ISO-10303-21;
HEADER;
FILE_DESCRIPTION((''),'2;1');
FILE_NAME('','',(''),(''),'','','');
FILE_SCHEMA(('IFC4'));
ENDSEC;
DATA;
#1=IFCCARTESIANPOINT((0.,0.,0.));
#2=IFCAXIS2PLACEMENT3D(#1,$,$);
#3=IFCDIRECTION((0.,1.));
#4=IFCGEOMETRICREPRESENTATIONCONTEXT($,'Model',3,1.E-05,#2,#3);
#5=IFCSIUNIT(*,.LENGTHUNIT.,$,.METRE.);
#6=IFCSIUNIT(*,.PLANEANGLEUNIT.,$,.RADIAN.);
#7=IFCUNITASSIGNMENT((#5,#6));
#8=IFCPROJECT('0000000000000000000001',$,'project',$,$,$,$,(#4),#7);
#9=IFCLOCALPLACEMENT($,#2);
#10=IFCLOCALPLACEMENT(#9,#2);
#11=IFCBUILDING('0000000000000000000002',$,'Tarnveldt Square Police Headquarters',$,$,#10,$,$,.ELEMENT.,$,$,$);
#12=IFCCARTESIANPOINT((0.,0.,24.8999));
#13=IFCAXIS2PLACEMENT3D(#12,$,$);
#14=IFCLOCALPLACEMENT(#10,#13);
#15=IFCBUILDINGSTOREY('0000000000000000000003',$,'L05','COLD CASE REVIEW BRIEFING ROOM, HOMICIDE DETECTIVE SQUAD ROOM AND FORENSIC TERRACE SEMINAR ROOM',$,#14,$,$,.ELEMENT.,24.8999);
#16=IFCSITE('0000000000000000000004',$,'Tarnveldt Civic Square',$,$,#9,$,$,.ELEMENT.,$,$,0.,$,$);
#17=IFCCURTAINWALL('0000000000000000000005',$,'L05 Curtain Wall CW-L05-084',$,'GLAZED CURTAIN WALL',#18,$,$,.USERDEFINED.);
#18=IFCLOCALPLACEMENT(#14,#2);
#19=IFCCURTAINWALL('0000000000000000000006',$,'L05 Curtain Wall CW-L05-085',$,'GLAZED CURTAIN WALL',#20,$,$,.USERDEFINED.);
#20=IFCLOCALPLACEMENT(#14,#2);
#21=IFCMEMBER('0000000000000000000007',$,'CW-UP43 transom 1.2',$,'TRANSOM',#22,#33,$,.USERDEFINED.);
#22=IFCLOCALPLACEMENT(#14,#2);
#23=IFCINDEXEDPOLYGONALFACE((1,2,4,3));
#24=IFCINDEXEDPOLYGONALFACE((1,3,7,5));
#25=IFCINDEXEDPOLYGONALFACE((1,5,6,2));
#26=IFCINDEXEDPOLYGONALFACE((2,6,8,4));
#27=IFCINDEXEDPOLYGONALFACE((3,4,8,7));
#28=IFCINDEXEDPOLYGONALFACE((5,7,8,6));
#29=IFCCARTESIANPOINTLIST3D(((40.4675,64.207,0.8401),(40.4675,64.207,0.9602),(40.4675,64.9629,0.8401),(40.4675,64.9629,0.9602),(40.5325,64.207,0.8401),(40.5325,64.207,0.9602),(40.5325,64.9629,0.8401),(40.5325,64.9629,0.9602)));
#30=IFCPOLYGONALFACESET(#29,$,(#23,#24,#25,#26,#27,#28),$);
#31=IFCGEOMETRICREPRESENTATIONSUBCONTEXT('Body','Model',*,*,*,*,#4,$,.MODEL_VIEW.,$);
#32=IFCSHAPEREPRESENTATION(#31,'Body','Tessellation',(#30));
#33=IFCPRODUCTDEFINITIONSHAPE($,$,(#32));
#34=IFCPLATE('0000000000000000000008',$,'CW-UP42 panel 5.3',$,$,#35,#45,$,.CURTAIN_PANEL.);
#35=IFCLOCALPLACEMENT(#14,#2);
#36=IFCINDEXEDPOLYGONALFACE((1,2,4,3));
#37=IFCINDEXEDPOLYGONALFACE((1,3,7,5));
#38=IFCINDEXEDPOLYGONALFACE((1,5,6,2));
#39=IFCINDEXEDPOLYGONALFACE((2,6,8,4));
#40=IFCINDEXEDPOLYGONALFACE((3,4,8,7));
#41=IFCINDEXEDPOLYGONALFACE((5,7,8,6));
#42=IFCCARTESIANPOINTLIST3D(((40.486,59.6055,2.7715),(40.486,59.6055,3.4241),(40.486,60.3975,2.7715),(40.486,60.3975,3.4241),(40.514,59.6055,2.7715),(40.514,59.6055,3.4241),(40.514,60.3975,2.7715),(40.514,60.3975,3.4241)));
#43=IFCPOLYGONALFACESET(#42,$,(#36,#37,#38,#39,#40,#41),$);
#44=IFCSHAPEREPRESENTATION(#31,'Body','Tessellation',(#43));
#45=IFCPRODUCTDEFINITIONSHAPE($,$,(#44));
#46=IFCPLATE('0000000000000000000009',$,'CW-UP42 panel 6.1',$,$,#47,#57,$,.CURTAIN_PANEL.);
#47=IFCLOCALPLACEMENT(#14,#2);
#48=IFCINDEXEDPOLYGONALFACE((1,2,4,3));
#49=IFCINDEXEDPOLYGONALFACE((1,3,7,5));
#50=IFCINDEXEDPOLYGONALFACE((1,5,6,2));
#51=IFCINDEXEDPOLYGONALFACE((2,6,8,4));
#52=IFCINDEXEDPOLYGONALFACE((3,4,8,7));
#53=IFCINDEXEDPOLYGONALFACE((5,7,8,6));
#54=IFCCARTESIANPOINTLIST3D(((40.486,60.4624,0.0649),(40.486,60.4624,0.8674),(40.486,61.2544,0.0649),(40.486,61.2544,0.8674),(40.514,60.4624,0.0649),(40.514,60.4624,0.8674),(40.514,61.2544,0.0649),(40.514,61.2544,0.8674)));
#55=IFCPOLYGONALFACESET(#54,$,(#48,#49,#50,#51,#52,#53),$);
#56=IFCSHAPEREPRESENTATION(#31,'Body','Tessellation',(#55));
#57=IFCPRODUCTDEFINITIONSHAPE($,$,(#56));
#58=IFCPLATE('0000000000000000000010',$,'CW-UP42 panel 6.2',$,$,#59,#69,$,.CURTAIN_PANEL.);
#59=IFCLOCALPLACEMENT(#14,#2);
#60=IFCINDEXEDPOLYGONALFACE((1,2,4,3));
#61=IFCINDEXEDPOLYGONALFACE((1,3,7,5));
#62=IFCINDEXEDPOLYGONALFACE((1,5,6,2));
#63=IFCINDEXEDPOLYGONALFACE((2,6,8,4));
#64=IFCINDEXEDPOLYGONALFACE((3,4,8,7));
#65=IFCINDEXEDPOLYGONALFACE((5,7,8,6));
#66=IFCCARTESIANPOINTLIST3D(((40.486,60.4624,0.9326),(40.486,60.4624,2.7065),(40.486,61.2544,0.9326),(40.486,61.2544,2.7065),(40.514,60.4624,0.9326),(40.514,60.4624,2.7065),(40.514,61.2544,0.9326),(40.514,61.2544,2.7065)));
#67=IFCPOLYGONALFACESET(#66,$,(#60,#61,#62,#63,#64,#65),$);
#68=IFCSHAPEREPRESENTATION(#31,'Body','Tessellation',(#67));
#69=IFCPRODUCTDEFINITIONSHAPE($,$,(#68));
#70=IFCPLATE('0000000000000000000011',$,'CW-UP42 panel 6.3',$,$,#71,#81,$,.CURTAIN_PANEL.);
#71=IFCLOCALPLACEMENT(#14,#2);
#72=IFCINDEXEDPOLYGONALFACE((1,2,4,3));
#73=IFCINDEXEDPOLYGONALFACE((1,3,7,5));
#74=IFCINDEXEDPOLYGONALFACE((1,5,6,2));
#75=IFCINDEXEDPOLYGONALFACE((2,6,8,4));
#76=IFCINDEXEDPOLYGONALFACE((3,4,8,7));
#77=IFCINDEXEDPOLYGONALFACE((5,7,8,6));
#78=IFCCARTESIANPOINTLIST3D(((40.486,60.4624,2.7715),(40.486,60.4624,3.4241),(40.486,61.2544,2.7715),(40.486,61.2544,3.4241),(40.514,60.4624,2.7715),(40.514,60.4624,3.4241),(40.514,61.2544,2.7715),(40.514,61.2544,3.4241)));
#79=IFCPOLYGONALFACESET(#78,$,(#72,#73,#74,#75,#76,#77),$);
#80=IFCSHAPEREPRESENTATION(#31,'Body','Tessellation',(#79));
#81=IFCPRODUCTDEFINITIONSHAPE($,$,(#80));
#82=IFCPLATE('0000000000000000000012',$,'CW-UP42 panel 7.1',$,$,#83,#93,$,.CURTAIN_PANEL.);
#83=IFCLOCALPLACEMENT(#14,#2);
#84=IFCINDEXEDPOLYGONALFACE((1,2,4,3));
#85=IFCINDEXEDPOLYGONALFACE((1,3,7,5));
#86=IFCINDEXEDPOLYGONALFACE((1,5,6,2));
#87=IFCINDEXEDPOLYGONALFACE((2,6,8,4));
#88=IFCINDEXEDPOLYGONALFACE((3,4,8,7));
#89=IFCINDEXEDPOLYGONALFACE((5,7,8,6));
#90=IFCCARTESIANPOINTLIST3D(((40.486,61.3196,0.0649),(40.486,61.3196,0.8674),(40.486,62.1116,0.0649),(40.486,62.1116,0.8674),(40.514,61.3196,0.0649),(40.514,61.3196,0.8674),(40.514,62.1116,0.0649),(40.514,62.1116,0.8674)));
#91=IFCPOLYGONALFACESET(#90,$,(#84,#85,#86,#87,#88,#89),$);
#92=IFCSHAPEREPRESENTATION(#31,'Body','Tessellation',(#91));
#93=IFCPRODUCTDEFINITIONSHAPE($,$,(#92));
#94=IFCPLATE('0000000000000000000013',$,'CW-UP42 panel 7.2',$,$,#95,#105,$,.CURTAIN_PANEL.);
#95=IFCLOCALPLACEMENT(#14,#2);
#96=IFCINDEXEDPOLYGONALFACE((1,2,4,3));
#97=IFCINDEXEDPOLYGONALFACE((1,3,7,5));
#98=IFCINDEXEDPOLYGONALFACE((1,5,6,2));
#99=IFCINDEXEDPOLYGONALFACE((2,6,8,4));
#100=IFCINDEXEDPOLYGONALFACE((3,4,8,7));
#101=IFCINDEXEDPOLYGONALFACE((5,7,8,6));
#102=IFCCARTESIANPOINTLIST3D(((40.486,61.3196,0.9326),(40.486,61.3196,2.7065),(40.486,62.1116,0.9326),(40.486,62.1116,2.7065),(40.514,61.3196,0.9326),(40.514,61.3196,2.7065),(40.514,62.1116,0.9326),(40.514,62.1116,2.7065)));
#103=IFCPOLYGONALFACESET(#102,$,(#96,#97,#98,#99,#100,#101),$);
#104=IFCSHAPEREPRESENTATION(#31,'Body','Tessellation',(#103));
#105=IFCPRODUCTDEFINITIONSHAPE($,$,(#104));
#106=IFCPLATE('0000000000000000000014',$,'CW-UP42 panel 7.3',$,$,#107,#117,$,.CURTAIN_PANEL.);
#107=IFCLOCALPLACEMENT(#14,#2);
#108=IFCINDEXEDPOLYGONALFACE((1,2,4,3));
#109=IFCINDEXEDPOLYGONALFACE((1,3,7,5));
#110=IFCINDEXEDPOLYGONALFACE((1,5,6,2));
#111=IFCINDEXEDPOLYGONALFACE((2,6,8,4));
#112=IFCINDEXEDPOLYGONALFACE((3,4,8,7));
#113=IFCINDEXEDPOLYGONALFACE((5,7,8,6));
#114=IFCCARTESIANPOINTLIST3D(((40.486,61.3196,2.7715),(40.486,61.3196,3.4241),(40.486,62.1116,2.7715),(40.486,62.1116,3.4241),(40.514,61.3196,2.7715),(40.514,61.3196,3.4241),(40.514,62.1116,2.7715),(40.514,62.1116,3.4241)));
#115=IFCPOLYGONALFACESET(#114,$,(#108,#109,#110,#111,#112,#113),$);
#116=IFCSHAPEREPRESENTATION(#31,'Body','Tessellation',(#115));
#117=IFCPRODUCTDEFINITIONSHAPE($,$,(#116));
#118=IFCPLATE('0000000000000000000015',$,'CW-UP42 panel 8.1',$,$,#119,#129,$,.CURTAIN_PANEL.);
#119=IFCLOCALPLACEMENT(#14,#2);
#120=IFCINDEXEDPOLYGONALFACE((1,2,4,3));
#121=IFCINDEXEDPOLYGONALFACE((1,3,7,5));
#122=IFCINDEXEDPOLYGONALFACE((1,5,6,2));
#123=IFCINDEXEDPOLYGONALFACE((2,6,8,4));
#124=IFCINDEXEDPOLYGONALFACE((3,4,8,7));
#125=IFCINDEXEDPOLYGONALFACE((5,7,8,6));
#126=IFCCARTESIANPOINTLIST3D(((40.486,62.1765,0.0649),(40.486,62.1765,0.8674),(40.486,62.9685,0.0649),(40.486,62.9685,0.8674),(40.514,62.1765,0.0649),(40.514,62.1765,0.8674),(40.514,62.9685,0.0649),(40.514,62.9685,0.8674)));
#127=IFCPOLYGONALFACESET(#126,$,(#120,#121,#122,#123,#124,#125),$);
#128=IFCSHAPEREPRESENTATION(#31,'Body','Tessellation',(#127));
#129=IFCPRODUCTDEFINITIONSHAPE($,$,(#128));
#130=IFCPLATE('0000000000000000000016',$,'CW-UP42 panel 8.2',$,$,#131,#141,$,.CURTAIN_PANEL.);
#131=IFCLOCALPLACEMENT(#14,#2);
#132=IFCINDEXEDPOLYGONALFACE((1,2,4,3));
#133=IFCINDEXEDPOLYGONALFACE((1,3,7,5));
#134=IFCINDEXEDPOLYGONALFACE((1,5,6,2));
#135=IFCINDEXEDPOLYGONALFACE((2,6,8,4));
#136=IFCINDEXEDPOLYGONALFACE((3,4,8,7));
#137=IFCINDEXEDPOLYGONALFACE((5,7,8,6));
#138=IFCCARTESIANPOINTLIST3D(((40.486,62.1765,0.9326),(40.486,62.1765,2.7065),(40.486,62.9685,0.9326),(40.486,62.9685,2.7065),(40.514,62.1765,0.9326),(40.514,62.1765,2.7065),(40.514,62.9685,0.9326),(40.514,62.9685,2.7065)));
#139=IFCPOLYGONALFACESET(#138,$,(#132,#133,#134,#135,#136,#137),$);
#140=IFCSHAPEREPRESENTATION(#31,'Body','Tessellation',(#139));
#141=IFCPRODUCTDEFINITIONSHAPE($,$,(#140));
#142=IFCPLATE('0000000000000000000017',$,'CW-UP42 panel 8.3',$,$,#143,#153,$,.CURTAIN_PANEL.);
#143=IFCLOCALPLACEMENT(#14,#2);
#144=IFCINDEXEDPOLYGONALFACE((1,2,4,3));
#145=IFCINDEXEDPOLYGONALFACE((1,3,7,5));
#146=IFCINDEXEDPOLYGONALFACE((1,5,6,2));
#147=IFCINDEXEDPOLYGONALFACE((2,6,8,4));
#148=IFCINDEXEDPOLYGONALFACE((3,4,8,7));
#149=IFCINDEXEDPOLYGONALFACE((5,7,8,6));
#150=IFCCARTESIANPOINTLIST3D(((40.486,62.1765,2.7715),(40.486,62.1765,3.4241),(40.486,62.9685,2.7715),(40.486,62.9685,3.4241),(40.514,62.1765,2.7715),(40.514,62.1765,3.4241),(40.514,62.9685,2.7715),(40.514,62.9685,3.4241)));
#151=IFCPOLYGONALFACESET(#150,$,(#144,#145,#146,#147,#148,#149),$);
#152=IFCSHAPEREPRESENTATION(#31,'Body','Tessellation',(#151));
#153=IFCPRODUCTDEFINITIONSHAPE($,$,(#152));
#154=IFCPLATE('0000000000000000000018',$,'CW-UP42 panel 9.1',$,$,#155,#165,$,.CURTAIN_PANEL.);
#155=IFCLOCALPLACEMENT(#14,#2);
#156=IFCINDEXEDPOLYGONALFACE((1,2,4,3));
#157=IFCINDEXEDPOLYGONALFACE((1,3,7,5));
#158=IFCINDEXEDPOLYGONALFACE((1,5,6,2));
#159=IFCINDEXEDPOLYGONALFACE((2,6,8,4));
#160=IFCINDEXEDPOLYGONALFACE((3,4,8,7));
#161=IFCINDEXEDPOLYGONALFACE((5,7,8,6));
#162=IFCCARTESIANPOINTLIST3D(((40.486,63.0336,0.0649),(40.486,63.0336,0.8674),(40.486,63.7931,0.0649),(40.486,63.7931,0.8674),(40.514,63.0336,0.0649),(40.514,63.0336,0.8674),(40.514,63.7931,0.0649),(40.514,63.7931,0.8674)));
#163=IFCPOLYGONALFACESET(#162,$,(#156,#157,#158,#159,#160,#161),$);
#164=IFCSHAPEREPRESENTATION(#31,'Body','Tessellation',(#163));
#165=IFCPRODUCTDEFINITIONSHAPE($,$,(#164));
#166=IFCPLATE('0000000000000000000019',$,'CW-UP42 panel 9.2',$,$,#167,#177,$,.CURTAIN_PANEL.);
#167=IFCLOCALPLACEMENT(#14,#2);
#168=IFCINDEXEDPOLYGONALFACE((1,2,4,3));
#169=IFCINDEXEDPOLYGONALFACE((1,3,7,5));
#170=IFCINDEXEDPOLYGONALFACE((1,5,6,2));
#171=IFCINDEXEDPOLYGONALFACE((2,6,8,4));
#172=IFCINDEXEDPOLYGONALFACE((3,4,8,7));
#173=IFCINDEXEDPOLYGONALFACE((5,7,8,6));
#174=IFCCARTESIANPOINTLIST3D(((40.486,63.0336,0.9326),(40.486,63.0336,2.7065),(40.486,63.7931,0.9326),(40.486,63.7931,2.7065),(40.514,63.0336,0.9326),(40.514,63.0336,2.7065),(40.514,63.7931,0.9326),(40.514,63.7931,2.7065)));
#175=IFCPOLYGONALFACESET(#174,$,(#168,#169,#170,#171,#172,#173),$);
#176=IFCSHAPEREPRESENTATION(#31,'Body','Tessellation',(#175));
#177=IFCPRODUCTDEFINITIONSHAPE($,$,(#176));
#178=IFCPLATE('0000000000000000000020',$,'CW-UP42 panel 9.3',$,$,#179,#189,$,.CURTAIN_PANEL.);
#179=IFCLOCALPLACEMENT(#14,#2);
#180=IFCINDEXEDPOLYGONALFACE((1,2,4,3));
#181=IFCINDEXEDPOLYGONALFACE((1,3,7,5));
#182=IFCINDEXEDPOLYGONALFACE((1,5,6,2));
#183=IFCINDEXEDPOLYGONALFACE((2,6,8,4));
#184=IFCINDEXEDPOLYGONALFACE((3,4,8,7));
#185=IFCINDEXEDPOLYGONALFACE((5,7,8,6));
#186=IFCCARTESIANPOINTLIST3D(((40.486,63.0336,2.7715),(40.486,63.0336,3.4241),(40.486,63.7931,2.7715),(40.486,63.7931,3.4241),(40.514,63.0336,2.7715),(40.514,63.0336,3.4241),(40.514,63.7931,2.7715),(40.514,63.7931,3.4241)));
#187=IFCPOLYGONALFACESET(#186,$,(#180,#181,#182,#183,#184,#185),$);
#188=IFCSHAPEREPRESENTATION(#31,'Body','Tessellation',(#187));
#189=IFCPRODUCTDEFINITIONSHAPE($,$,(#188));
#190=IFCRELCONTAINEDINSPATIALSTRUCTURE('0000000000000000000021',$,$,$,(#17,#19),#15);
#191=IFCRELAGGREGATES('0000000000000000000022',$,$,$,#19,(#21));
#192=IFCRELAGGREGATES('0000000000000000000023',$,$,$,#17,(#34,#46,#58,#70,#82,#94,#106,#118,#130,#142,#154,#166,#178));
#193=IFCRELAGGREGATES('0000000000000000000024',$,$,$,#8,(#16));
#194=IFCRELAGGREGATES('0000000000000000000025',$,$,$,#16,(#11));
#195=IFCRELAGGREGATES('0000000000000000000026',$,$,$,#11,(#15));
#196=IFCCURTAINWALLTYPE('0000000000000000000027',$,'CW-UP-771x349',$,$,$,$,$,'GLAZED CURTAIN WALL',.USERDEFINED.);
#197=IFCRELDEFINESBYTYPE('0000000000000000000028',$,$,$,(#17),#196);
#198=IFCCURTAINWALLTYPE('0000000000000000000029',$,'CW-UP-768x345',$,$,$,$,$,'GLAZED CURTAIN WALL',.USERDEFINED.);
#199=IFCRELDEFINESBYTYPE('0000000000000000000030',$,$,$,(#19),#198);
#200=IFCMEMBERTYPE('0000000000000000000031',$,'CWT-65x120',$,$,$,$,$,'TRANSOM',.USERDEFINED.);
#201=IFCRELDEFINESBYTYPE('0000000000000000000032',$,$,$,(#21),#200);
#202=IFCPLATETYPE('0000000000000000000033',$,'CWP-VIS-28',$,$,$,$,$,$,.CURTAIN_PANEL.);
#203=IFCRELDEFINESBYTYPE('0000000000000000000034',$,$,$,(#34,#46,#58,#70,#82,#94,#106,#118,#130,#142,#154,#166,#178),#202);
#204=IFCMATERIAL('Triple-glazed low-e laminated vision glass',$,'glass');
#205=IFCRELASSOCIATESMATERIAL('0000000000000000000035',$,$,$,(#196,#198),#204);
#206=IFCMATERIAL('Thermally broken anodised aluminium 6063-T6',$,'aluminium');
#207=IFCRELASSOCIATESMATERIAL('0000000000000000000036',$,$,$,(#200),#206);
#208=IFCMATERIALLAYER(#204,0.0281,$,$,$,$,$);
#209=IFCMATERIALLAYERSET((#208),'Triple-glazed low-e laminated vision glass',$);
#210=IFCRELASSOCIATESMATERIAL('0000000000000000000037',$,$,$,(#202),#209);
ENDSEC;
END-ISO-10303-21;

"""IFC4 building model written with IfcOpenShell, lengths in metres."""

from ifc_helpers import new_model, si_unit, direction, frame, origin, origin_2d, place, context, subcontext, project, spatial, rectangle, extrude, material, layer, layer_set, material_profile, profile_set, type_object, element, aggregate, save


model = new_model("IFC4")

# Units and contexts
model_context = context("Model", 3, precision=1e-05, world=origin(), true_north=direction((0.0, 1.0)))
body_context = subcontext(model_context, "Body", "Model", "MODEL_VIEW")
ifc_project = project(units=[si_unit("LENGTHUNIT", "METRE"), si_unit("PLANEANGLEUNIT", "RADIAN")], contexts=[model_context])

# Site, building, storey
site_placement = place(None, origin())
site = spatial("IfcSite", under=ifc_project, at=site_placement, Name="Tarnveldt Civic Square", CompositionType="ELEMENT", RefElevation=0.0)
building_placement = place(site_placement, origin())
building = spatial("IfcBuilding", under=site, at=building_placement, Name="Tarnveldt Square Police Headquarters", CompositionType="ELEMENT")
storey_placement = place(building_placement, frame((0.0, 0.0, 24.8999)))
storey = spatial("IfcBuildingStorey", under=building, at=storey_placement, Name="L05", Description="COLD CASE REVIEW BRIEFING ROOM, HOMICIDE DETECTIVE SQUAD ROOM AND FORENSIC TERRACE SEMINAR ROOM", CompositionType="ELEMENT", Elevation=24.8999)

# Curtain wall
ifc_material_1 = material(Name="Triple-glazed low-e laminated vision glass", Category="glass")
curtain_wall_type_1 = type_object("IfcCurtainWallType", Name="CW-UP-771x349", ElementType="GLAZED CURTAIN WALL", PredefinedType="USERDEFINED", material=ifc_material_1)
curtain_wall_1_placement = place(storey_placement, origin())
curtain_wall_1 = element("IfcCurtainWall", 1, at=curtain_wall_1_placement, inside=storey, type_object=curtain_wall_type_1, Name="L05 Curtain Wall CW-L05-084", ObjectType="GLAZED CURTAIN WALL", PredefinedType="USERDEFINED")
ifc_material_2 = material(Name="Thermally broken anodised aluminium 6063-T6", Category="aluminium")

# Curtain wall
curtain_wall_type_2 = type_object("IfcCurtainWallType", Name="CW-UP-768x345", ElementType="GLAZED CURTAIN WALL", PredefinedType="USERDEFINED", material=ifc_material_1)
curtain_wall_2_placement = place(storey_placement, origin())
curtain_wall_2 = element("IfcCurtainWall", 2, at=curtain_wall_2_placement, inside=storey, type_object=curtain_wall_type_2, Name="L05 Curtain Wall CW-L05-085", ObjectType="GLAZED CURTAIN WALL", PredefinedType="USERDEFINED")

# Member
ifc_material_profile_1 = material_profile(ifc_material_2, rectangle(XDim=0.0649, YDim=0.1201, at=origin_2d()), Name="CW-T65x120")
ifc_profile_set_1 = profile_set([ifc_material_profile_1], Name="Thermally broken anodised aluminium 6063-T6")
member_type_1 = type_object("IfcMemberType", Name="CWT-65x120", ElementType="TRANSOM", PredefinedType="USERDEFINED", material=ifc_profile_set_1)
member_1_placement = place(storey_placement, frame((40.5, 64.207, 0.9001), z_axis=(0.0, 1.0, 0.0), x_axis=(-1.0, 0.0, 0.0)))
member_1 = element("IfcMember", 3, at=member_1_placement, type_object=member_type_1, Name="CW-UP43 transom 1.2", ObjectType="TRANSOM", PredefinedType="USERDEFINED", context=body_context, shape_type="SweptSolid", body=[
    extrude(rectangle(XDim=0.0649, YDim=0.1201, at=origin_2d()), origin(), (0.0, 0.0, 1.0), 0.7559),
])
aggregate(curtain_wall_2, [member_1])

# Plates
ifc_layer = layer(ifc_material_1, 0.0281)
ifc_layer_set = layer_set([ifc_layer], Name="Triple-glazed low-e laminated vision glass")
plate_type = type_object("IfcPlateType", Name="CWP-VIS-28", PredefinedType="CURTAIN_PANEL", material=ifc_layer_set)
plate_1_placement = place(storey_placement, frame((40.5, 60.0015, 2.7715), z_axis=(0.0, 0.0, 1.0), x_axis=(0.0, 1.0, 0.0)))
plate_1 = element("IfcPlate", 4, at=plate_1_placement, type_object=plate_type, Name="CW-UP42 panel 5.3", PredefinedType="CURTAIN_PANEL", context=body_context, shape_type="SweptSolid", body=[
    extrude(rectangle(XDim=0.792, YDim=0.0281, at=origin_2d()), origin(), (0.0, 0.0, 1.0), 0.6526),
])
plate_2_placement = place(storey_placement, frame((40.5, 60.8584, 0.0649), z_axis=(0.0, 0.0, 1.0), x_axis=(0.0, 1.0, 0.0)))
plate_2 = element("IfcPlate", 5, at=plate_2_placement, type_object=plate_type, Name="CW-UP42 panel 6.1", PredefinedType="CURTAIN_PANEL", context=body_context, shape_type="SweptSolid", body=[
    extrude(rectangle(XDim=0.792, YDim=0.0281, at=origin_2d()), origin(), (0.0, 0.0, 1.0), 0.8025),
])
plate_3_placement = place(storey_placement, frame((40.5, 60.8584, 0.9326), z_axis=(0.0, 0.0, 1.0), x_axis=(0.0, 1.0, 0.0)))
plate_3 = element("IfcPlate", 6, at=plate_3_placement, type_object=plate_type, Name="CW-UP42 panel 6.2", PredefinedType="CURTAIN_PANEL", context=body_context, shape_type="SweptSolid", body=[
    extrude(rectangle(XDim=0.792, YDim=0.0281, at=origin_2d()), origin(), (0.0, 0.0, 1.0), 1.7739),
])
plate_4_placement = place(storey_placement, frame((40.5, 60.8584, 2.7715), z_axis=(0.0, 0.0, 1.0), x_axis=(0.0, 1.0, 0.0)))
plate_4 = element("IfcPlate", 7, at=plate_4_placement, type_object=plate_type, Name="CW-UP42 panel 6.3", PredefinedType="CURTAIN_PANEL", context=body_context, shape_type="SweptSolid", body=[
    extrude(rectangle(XDim=0.792, YDim=0.0281, at=origin_2d()), origin(), (0.0, 0.0, 1.0), 0.6526),
])
plate_5_placement = place(storey_placement, frame((40.5, 61.7156, 0.0649), z_axis=(0.0, 0.0, 1.0), x_axis=(0.0, 1.0, 0.0)))
plate_5 = element("IfcPlate", 8, at=plate_5_placement, type_object=plate_type, Name="CW-UP42 panel 7.1", PredefinedType="CURTAIN_PANEL", context=body_context, shape_type="SweptSolid", body=[
    extrude(rectangle(XDim=0.792, YDim=0.0281, at=origin_2d()), origin(), (0.0, 0.0, 1.0), 0.8025),
])
plate_6_placement = place(storey_placement, frame((40.5, 61.7156, 0.9326), z_axis=(0.0, 0.0, 1.0), x_axis=(0.0, 1.0, 0.0)))
plate_6 = element("IfcPlate", 9, at=plate_6_placement, type_object=plate_type, Name="CW-UP42 panel 7.2", PredefinedType="CURTAIN_PANEL", context=body_context, shape_type="SweptSolid", body=[
    extrude(rectangle(XDim=0.792, YDim=0.0281, at=origin_2d()), origin(), (0.0, 0.0, 1.0), 1.7739),
])
plate_7_placement = place(storey_placement, frame((40.5, 61.7156, 2.7715), z_axis=(0.0, 0.0, 1.0), x_axis=(0.0, 1.0, 0.0)))
plate_7 = element("IfcPlate", 10, at=plate_7_placement, type_object=plate_type, Name="CW-UP42 panel 7.3", PredefinedType="CURTAIN_PANEL", context=body_context, shape_type="SweptSolid", body=[
    extrude(rectangle(XDim=0.792, YDim=0.0281, at=origin_2d()), origin(), (0.0, 0.0, 1.0), 0.6526),
])
plate_8_placement = place(storey_placement, frame((40.5, 62.5725, 0.0649), z_axis=(0.0, 0.0, 1.0), x_axis=(0.0, 1.0, 0.0)))
plate_8 = element("IfcPlate", 11, at=plate_8_placement, type_object=plate_type, Name="CW-UP42 panel 8.1", PredefinedType="CURTAIN_PANEL", context=body_context, shape_type="SweptSolid", body=[
    extrude(rectangle(XDim=0.792, YDim=0.0281, at=origin_2d()), origin(), (0.0, 0.0, 1.0), 0.8025),
])
plate_9_placement = place(storey_placement, frame((40.5, 62.5725, 0.9326), z_axis=(0.0, 0.0, 1.0), x_axis=(0.0, 1.0, 0.0)))
plate_9 = element("IfcPlate", 12, at=plate_9_placement, type_object=plate_type, Name="CW-UP42 panel 8.2", PredefinedType="CURTAIN_PANEL", context=body_context, shape_type="SweptSolid", body=[
    extrude(rectangle(XDim=0.792, YDim=0.0281, at=origin_2d()), origin(), (0.0, 0.0, 1.0), 1.7739),
])
plate_10_placement = place(storey_placement, frame((40.5, 62.5725, 2.7715), z_axis=(0.0, 0.0, 1.0), x_axis=(0.0, 1.0, 0.0)))
plate_10 = element("IfcPlate", 13, at=plate_10_placement, type_object=plate_type, Name="CW-UP42 panel 8.3", PredefinedType="CURTAIN_PANEL", context=body_context, shape_type="SweptSolid", body=[
    extrude(rectangle(XDim=0.792, YDim=0.0281, at=origin_2d()), origin(), (0.0, 0.0, 1.0), 0.6526),
])
plate_11_placement = place(storey_placement, frame((40.5, 63.4133, 0.0649), z_axis=(0.0, 0.0, 1.0), x_axis=(0.0, 1.0, 0.0)))
plate_11 = element("IfcPlate", 14, at=plate_11_placement, type_object=plate_type, Name="CW-UP42 panel 9.1", PredefinedType="CURTAIN_PANEL", context=body_context, shape_type="SweptSolid", body=[
    extrude(rectangle(XDim=0.7595, YDim=0.0281, at=origin_2d()), origin(), (0.0, 0.0, 1.0), 0.8025),
])
plate_12_placement = place(storey_placement, frame((40.5, 63.4133, 0.9326), z_axis=(0.0, 0.0, 1.0), x_axis=(0.0, 1.0, 0.0)))
plate_12 = element("IfcPlate", 15, at=plate_12_placement, type_object=plate_type, Name="CW-UP42 panel 9.2", PredefinedType="CURTAIN_PANEL", context=body_context, shape_type="SweptSolid", body=[
    extrude(rectangle(XDim=0.7595, YDim=0.0281, at=origin_2d()), origin(), (0.0, 0.0, 1.0), 1.7739),
])
plate_13_placement = place(storey_placement, frame((40.5, 63.4133, 2.7715), z_axis=(0.0, 0.0, 1.0), x_axis=(0.0, 1.0, 0.0)))
plate_13 = element("IfcPlate", 16, at=plate_13_placement, type_object=plate_type, Name="CW-UP42 panel 9.3", PredefinedType="CURTAIN_PANEL", context=body_context, shape_type="SweptSolid", body=[
    extrude(rectangle(XDim=0.7595, YDim=0.0281, at=origin_2d()), origin(), (0.0, 0.0, 1.0), 0.6526),
])
aggregate(curtain_wall_1, [plate_1, plate_2, plate_3, plate_4, plate_5, plate_6, plate_7, plate_8, plate_9, plate_10, plate_11, plate_12, plate_13])

save(model, "model.ifc")
